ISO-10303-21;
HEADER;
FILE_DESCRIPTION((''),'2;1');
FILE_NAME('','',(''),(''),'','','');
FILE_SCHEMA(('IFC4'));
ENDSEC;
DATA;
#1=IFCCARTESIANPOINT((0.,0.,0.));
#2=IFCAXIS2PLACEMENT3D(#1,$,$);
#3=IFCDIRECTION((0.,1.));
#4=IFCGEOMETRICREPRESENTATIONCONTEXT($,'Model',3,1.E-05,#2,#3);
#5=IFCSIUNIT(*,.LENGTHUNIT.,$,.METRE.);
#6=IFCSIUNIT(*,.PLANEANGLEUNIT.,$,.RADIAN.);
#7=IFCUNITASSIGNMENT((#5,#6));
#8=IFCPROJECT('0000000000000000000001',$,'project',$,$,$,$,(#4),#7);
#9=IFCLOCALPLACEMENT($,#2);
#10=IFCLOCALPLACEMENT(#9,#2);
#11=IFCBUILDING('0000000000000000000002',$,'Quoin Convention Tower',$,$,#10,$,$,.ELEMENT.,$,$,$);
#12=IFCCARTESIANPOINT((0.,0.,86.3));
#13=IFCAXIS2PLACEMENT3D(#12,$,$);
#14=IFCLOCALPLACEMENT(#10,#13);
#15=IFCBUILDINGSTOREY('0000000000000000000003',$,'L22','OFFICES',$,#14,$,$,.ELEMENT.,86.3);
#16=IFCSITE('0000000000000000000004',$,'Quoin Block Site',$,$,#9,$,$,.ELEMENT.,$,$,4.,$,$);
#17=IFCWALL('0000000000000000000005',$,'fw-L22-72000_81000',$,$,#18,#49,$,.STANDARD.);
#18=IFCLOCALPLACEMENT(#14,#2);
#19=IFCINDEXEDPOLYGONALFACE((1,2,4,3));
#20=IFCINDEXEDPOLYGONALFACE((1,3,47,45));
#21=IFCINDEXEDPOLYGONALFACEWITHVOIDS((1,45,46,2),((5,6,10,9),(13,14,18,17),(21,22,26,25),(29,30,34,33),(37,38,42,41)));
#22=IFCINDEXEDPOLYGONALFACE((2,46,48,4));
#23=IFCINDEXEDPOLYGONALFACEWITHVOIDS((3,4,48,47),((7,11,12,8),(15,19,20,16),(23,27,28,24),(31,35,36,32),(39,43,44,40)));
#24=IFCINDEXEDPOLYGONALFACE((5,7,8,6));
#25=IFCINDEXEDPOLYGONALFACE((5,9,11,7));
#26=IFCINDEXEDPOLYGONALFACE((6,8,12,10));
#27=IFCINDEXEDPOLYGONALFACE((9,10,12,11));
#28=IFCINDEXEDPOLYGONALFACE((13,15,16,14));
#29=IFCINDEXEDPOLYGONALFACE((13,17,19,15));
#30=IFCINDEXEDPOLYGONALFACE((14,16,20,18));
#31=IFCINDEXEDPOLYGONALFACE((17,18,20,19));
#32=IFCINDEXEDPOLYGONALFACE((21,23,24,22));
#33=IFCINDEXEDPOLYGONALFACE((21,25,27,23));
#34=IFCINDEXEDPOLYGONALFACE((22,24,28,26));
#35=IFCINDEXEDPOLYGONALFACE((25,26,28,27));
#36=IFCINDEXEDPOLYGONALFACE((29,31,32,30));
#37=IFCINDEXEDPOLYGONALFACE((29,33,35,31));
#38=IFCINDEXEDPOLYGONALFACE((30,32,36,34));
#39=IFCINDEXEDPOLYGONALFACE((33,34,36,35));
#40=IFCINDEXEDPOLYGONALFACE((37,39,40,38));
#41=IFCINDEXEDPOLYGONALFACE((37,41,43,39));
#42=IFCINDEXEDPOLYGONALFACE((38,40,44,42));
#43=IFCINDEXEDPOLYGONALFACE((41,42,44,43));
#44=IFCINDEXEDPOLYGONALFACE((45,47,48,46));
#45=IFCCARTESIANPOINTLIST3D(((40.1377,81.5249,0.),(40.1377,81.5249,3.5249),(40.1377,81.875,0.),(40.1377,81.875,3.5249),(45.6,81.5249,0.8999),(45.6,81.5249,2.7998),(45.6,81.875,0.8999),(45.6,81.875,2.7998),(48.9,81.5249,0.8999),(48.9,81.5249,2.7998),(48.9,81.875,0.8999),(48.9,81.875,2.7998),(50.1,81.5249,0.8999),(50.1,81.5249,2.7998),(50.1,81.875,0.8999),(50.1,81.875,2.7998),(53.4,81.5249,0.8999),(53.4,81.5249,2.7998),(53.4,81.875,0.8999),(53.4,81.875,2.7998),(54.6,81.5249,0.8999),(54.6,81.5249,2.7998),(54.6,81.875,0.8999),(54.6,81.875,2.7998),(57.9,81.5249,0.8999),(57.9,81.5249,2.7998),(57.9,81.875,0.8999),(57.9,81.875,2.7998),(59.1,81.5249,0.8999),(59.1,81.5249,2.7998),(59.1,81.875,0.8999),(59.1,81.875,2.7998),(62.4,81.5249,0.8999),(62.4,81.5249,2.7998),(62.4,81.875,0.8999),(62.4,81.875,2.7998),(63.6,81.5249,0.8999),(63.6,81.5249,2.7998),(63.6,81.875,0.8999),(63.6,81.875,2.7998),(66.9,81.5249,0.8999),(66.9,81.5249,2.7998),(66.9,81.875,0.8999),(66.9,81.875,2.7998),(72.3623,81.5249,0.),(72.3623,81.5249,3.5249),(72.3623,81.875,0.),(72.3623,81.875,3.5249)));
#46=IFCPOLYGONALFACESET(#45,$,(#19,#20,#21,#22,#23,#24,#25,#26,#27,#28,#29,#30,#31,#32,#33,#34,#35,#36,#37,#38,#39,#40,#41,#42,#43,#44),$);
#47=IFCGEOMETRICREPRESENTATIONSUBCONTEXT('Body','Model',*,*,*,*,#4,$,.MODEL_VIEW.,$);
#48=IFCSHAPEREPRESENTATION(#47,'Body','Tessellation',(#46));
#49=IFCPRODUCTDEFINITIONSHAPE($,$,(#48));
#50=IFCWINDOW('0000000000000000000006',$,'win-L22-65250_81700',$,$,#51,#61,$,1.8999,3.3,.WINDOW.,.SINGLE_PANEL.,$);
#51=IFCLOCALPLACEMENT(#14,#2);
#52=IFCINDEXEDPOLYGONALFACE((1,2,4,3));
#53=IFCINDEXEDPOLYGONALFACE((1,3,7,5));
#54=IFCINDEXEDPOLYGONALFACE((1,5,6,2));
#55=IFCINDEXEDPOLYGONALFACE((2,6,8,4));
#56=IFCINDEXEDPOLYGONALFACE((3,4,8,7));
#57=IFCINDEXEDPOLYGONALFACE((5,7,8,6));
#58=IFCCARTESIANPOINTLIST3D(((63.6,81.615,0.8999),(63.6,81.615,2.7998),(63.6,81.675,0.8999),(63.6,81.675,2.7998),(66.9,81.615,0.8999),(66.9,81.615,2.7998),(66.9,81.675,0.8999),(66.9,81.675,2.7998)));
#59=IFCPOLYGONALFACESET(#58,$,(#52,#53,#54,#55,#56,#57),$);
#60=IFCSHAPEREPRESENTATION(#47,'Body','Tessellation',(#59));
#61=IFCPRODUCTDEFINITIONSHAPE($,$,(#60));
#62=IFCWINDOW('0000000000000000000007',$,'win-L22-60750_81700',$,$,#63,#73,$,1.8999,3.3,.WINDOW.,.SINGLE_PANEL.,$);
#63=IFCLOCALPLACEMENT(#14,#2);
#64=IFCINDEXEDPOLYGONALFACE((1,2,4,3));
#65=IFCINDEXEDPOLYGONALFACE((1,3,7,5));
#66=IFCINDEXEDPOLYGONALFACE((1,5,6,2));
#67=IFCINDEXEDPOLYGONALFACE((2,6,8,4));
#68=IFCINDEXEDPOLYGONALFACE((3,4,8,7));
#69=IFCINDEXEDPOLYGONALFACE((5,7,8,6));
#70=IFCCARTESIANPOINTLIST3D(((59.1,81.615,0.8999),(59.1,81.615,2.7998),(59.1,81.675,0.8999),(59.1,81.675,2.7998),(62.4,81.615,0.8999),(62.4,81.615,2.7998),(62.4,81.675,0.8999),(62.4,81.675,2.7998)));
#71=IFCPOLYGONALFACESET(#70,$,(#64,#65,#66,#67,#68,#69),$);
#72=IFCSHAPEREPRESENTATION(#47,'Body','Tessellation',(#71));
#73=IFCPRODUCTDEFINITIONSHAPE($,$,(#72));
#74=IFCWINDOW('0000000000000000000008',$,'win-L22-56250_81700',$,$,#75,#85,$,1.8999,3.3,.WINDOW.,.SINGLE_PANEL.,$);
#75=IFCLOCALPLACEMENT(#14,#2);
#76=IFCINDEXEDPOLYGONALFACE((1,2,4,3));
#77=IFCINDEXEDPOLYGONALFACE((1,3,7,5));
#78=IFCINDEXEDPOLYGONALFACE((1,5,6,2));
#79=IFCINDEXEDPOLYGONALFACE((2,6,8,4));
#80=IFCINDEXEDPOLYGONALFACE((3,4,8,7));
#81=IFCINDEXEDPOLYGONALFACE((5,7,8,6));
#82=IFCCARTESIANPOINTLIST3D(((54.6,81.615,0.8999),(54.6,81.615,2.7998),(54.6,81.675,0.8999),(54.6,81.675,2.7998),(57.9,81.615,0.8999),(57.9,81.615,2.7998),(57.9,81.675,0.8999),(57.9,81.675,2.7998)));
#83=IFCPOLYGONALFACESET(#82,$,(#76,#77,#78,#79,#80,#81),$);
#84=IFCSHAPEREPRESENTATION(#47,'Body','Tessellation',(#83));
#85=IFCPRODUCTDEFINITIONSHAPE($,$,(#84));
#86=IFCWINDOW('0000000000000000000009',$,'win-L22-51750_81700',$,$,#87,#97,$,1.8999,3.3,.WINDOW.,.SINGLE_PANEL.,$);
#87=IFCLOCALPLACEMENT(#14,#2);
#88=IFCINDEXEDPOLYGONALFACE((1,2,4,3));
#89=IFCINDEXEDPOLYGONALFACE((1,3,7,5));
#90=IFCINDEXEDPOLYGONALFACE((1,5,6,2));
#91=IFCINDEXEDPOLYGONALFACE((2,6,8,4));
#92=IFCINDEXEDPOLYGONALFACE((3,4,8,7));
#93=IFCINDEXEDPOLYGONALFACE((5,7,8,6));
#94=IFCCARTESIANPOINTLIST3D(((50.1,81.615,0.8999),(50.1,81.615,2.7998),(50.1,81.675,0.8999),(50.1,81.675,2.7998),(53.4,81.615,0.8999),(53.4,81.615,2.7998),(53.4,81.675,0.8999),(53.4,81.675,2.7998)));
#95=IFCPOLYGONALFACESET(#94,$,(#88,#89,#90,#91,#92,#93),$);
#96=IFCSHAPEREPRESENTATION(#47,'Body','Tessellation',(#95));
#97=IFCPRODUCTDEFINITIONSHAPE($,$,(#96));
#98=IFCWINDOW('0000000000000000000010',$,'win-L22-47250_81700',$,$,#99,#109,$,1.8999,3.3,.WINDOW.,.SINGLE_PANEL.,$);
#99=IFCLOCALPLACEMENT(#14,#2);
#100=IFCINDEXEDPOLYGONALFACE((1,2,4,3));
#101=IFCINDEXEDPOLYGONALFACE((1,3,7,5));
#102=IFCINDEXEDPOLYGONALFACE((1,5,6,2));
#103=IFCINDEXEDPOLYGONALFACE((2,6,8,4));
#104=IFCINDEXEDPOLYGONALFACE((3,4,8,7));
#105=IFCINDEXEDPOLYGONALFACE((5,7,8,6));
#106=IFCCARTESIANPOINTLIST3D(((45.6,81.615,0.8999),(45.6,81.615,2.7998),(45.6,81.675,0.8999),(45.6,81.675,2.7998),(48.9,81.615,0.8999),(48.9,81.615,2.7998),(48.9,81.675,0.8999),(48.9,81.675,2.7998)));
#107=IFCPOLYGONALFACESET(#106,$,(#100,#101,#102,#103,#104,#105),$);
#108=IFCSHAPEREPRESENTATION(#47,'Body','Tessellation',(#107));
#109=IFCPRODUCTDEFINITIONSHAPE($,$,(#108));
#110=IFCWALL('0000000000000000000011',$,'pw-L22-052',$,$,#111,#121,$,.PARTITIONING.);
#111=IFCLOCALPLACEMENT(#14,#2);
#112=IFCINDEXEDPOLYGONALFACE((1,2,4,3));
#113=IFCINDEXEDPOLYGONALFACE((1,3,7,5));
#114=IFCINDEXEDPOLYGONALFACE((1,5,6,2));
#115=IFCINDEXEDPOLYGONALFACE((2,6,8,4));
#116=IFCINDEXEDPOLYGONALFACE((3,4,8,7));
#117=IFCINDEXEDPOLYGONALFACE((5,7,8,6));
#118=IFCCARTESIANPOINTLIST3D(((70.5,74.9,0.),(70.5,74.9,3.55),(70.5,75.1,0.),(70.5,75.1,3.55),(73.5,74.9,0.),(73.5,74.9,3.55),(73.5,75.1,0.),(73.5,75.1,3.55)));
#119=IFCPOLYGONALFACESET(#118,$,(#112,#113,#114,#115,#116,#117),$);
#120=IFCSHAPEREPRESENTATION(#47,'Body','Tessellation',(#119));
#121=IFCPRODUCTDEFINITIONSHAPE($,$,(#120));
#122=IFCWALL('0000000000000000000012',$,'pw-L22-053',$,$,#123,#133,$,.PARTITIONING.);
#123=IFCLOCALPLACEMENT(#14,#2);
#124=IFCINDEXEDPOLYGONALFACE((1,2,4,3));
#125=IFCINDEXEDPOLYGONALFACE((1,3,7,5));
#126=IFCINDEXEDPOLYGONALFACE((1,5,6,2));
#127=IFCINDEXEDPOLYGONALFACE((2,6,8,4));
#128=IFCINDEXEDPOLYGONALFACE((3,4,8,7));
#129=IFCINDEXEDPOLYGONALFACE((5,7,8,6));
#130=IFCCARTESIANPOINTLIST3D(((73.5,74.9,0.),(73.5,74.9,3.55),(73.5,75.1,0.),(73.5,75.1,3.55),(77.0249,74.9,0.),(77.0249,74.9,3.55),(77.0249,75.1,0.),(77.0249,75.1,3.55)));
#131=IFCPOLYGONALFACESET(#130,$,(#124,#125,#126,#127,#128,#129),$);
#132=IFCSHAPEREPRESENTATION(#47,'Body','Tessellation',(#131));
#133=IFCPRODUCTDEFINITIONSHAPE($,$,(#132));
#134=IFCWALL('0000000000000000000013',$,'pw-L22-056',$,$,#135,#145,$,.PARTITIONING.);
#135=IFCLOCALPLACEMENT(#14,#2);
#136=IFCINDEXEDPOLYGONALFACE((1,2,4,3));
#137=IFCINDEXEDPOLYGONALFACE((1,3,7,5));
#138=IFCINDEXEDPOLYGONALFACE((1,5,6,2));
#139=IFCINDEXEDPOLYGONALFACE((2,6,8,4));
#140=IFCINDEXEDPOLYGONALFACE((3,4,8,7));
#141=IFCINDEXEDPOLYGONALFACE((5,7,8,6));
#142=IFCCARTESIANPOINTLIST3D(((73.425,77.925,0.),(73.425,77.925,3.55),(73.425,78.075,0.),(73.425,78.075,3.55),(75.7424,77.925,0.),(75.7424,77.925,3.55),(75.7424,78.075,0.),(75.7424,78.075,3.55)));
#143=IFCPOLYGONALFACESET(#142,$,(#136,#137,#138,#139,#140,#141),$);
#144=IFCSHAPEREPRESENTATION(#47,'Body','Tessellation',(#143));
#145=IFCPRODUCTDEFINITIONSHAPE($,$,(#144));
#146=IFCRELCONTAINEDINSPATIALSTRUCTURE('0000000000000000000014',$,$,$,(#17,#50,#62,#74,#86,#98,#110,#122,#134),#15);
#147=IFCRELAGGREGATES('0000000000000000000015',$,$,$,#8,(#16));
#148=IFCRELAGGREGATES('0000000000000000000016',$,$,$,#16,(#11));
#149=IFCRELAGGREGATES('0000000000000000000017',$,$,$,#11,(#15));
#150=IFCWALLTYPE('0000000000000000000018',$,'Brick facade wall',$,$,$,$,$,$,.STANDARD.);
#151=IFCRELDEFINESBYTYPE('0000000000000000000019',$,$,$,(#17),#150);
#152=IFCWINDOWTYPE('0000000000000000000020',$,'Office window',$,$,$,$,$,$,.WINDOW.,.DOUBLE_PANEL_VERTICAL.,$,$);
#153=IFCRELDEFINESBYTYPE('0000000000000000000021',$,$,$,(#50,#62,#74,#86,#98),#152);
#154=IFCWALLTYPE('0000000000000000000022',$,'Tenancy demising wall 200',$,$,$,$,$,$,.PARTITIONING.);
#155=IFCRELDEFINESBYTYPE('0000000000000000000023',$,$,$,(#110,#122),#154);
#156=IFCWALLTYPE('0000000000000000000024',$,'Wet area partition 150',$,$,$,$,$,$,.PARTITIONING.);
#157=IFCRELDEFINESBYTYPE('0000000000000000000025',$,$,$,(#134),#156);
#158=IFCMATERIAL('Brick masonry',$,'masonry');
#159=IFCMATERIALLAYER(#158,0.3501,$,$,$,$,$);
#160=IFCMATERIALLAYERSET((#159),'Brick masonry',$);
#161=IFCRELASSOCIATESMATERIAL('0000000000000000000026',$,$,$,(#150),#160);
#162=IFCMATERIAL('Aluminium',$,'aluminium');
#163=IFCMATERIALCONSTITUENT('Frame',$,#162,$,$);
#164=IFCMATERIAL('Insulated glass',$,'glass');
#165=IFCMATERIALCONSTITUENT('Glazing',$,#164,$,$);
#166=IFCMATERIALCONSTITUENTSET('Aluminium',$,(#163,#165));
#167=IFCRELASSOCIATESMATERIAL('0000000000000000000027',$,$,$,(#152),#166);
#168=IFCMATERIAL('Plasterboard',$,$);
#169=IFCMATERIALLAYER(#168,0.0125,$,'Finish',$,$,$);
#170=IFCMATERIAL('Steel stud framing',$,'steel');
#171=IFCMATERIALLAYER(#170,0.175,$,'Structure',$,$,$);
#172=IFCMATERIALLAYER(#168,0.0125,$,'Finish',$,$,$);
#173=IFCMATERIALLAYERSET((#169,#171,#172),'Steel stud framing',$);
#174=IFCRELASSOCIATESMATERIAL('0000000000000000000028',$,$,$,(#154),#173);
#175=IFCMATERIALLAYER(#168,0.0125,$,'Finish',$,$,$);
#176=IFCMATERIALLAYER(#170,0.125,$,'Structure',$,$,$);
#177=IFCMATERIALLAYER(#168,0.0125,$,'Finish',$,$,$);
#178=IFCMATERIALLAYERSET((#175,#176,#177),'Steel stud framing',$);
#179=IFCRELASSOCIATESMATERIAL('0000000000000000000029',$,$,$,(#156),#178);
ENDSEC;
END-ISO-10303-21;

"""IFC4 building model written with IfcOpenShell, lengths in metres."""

from ifc_helpers import new_model, si_unit, direction, frame, frame_2d, origin, place, context, subcontext, project, spatial, rectangle, extrude, material, layer, layer_set, constituent, constituent_set, type_object, element, fill, save


model = new_model("IFC4")

# Units and contexts
model_context = context("Model", 3, precision=1e-05, world=origin(), true_north=direction((0.0, 1.0)))
body_context = subcontext(model_context, "Body", "Model", "MODEL_VIEW")
ifc_project = project(units=[si_unit("LENGTHUNIT", "METRE"), si_unit("PLANEANGLEUNIT", "RADIAN")], contexts=[model_context])

# Site, building, storey
site_placement = place(None, origin())
site = spatial("IfcSite", under=ifc_project, at=site_placement, Name="Quoin Block Site", CompositionType="ELEMENT", RefElevation=4.0)
building_placement = place(site_placement, origin())
building = spatial("IfcBuilding", under=site, at=building_placement, Name="Quoin Convention Tower", CompositionType="ELEMENT")
storey_placement = place(building_placement, frame((0.0, 0.0, 86.3)))
storey = spatial("IfcBuildingStorey", under=building, at=storey_placement, Name="L22", Description="OFFICES", CompositionType="ELEMENT", Elevation=86.3)

# Shared definitions
ifc_material_1 = material(Name="Brick masonry", Category="masonry")
ifc_layer_1 = layer(ifc_material_1, 0.3501)
ifc_layer_set_1 = layer_set([ifc_layer_1], Name="Brick masonry")
wall_type_1 = type_object("IfcWallType", Name="Brick facade wall", PredefinedType="STANDARD", material=ifc_layer_set_1)
ifc_material_2 = material(Name="Aluminium", Category="aluminium")
ifc_constituent_1 = constituent(ifc_material_2, Name="Frame")
ifc_material_3 = material(Name="Insulated glass", Category="glass")
ifc_constituent_2 = constituent(ifc_material_3, Name="Glazing")
ifc_constituent_set = constituent_set(constituents=[ifc_constituent_1, ifc_constituent_2], Name="Aluminium")
window_type = type_object("IfcWindowType", Name="Office window", PartitioningType="DOUBLE_PANEL_VERTICAL", PredefinedType="WINDOW", material=ifc_constituent_set)

# Wall, openings, windows
wall_1_placement = place(storey_placement, frame((72.3623, 81.7, 0.0), z_axis=(0.0, 0.0, 1.0), x_axis=(-1.0, 0.0, 0.0)))
wall_1 = element("IfcWall", 1, at=wall_1_placement, inside=storey, type_object=wall_type_1, Name="fw-L22-72000_81000", PredefinedType="STANDARD", context=body_context, shape_type="SweptSolid", body=[
    extrude(rectangle(XDim=32.2246, YDim=0.3501, at=frame_2d((16.1123, 0.0))), origin(), (0.0, 0.0, 1.0), 3.5249),
])
opening_1_placement = place(wall_1_placement, frame((5.4624, 0.0, 0.8999)))
opening_1 = element("IfcOpeningElement", 2, at=opening_1_placement, cuts=wall_1, PredefinedType="OPENING", context=body_context, shape_type="SweptSolid", body=[
    extrude(rectangle(XDim=3.3, YDim=1.8999, at=frame_2d((1.6499, 0.95))), frame((0.0, 0.1851, 0.0), z_axis=(0.0, -1.0, 0.0), x_axis=(1.0, 0.0, 0.0)), (0.0, 0.0, 1.0), 0.3701),
])
opening_2_placement = place(wall_1_placement, frame((9.9624, 0.0, 0.8999)))
opening_2 = element("IfcOpeningElement", 3, at=opening_2_placement, cuts=wall_1, PredefinedType="OPENING", context=body_context, shape_type="SweptSolid", body=[
    extrude(rectangle(XDim=3.3, YDim=1.8999, at=frame_2d((1.6499, 0.95))), frame((0.0, 0.1851, 0.0), z_axis=(0.0, -1.0, 0.0), x_axis=(1.0, 0.0, 0.0)), (0.0, 0.0, 1.0), 0.3701),
])
opening_3_placement = place(wall_1_placement, frame((14.4624, 0.0, 0.8999)))
opening_3 = element("IfcOpeningElement", 4, at=opening_3_placement, cuts=wall_1, PredefinedType="OPENING", context=body_context, shape_type="SweptSolid", body=[
    extrude(rectangle(XDim=3.3, YDim=1.8999, at=frame_2d((1.6499, 0.95))), frame((0.0, 0.1851, 0.0), z_axis=(0.0, -1.0, 0.0), x_axis=(1.0, 0.0, 0.0)), (0.0, 0.0, 1.0), 0.3701),
])
opening_4_placement = place(wall_1_placement, frame((18.9624, 0.0, 0.8999)))
opening_4 = element("IfcOpeningElement", 5, at=opening_4_placement, cuts=wall_1, PredefinedType="OPENING", context=body_context, shape_type="SweptSolid", body=[
    extrude(rectangle(XDim=3.3, YDim=1.8999, at=frame_2d((1.6499, 0.95))), frame((0.0, 0.1851, 0.0), z_axis=(0.0, -1.0, 0.0), x_axis=(1.0, 0.0, 0.0)), (0.0, 0.0, 1.0), 0.3701),
])
opening_5_placement = place(wall_1_placement, frame((23.4624, 0.0, 0.8999)))
opening_5 = element("IfcOpeningElement", 6, at=opening_5_placement, cuts=wall_1, PredefinedType="OPENING", context=body_context, shape_type="SweptSolid", body=[
    extrude(rectangle(XDim=3.3, YDim=1.8999, at=frame_2d((1.6499, 0.95))), frame((0.0, 0.1851, 0.0), z_axis=(0.0, -1.0, 0.0), x_axis=(1.0, 0.0, 0.0)), (0.0, 0.0, 1.0), 0.3701),
])
window_1_placement = place(opening_1_placement, origin())
window_1 = element("IfcWindow", 7, at=window_1_placement, inside=storey, type_object=window_type, Name="win-L22-65250_81700", OverallHeight=1.8999, OverallWidth=3.3, PartitioningType="SINGLE_PANEL", PredefinedType="WINDOW", context=body_context, shape_type="SweptSolid", body=[
    extrude(rectangle(XDim=3.3, YDim=1.8999, at=frame_2d((1.6499, 0.95))), frame((0.0, 0.085, 0.0), z_axis=(0.0, -1.0, 0.0), x_axis=(1.0, 0.0, 0.0)), (0.0, 0.0, 1.0), 0.0601),
])
fill(opening_1, window_1)
window_2_placement = place(opening_2_placement, origin())
window_2 = element("IfcWindow", 8, at=window_2_placement, inside=storey, type_object=window_type, Name="win-L22-60750_81700", OverallHeight=1.8999, OverallWidth=3.3, PartitioningType="SINGLE_PANEL", PredefinedType="WINDOW", context=body_context, shape_type="SweptSolid", body=[
    extrude(rectangle(XDim=3.3, YDim=1.8999, at=frame_2d((1.6499, 0.95))), frame((0.0, 0.085, 0.0), z_axis=(0.0, -1.0, 0.0), x_axis=(1.0, 0.0, 0.0)), (0.0, 0.0, 1.0), 0.0601),
])
fill(opening_2, window_2)
window_3_placement = place(opening_3_placement, origin())
window_3 = element("IfcWindow", 9, at=window_3_placement, inside=storey, type_object=window_type, Name="win-L22-56250_81700", OverallHeight=1.8999, OverallWidth=3.3, PartitioningType="SINGLE_PANEL", PredefinedType="WINDOW", context=body_context, shape_type="SweptSolid", body=[
    extrude(rectangle(XDim=3.3, YDim=1.8999, at=frame_2d((1.6499, 0.95))), frame((0.0, 0.085, 0.0), z_axis=(0.0, -1.0, 0.0), x_axis=(1.0, 0.0, 0.0)), (0.0, 0.0, 1.0), 0.0601),
])
fill(opening_3, window_3)
window_4_placement = place(opening_4_placement, origin())
window_4 = element("IfcWindow", 10, at=window_4_placement, inside=storey, type_object=window_type, Name="win-L22-51750_81700", OverallHeight=1.8999, OverallWidth=3.3, PartitioningType="SINGLE_PANEL", PredefinedType="WINDOW", context=body_context, shape_type="SweptSolid", body=[
    extrude(rectangle(XDim=3.3, YDim=1.8999, at=frame_2d((1.6499, 0.95))), frame((0.0, 0.085, 0.0), z_axis=(0.0, -1.0, 0.0), x_axis=(1.0, 0.0, 0.0)), (0.0, 0.0, 1.0), 0.0601),
])
fill(opening_4, window_4)
window_5_placement = place(opening_5_placement, origin())
window_5 = element("IfcWindow", 11, at=window_5_placement, inside=storey, type_object=window_type, Name="win-L22-47250_81700", OverallHeight=1.8999, OverallWidth=3.3, PartitioningType="SINGLE_PANEL", PredefinedType="WINDOW", context=body_context, shape_type="SweptSolid", body=[
    extrude(rectangle(XDim=3.3, YDim=1.8999, at=frame_2d((1.6499, 0.95))), frame((0.0, 0.085, 0.0), z_axis=(0.0, -1.0, 0.0), x_axis=(1.0, 0.0, 0.0)), (0.0, 0.0, 1.0), 0.0601),
])
fill(opening_5, window_5)

# Walls
ifc_material_4 = material(Name="Plasterboard")
ifc_layer_2 = layer(ifc_material_4, 0.0125, Name="Finish")
ifc_material_5 = material(Name="Steel stud framing", Category="steel")
ifc_layer_3 = layer(ifc_material_5, 0.175, Name="Structure")
ifc_layer_4 = layer(ifc_material_4, 0.0125, Name="Finish")
ifc_layer_set_2 = layer_set([ifc_layer_2, ifc_layer_3, ifc_layer_4], Name="Steel stud framing")
wall_type_2 = type_object("IfcWallType", Name="Tenancy demising wall 200", PredefinedType="PARTITIONING", material=ifc_layer_set_2)
wall_2_placement = place(storey_placement, frame((70.5, 75.0, 0.0), z_axis=(0.0, 0.0, 1.0), x_axis=(1.0, 0.0, 0.0)))
element("IfcWall", 12, at=wall_2_placement, inside=storey, type_object=wall_type_2, Name="pw-L22-052", PredefinedType="PARTITIONING", context=body_context, shape_type="SweptSolid", body=[
    extrude(rectangle(XDim=3.0, YDim=0.2, at=frame_2d((1.5, 0.0))), origin(), (0.0, 0.0, 1.0), 3.55),
])
wall_3_placement = place(storey_placement, frame((73.5, 75.0, 0.0), z_axis=(0.0, 0.0, 1.0), x_axis=(1.0, 0.0, 0.0)))
element("IfcWall", 13, at=wall_3_placement, inside=storey, type_object=wall_type_2, Name="pw-L22-053", PredefinedType="PARTITIONING", context=body_context, shape_type="SweptSolid", body=[
    extrude(rectangle(XDim=3.5249, YDim=0.2, at=frame_2d((1.7625, 0.0))), origin(), (0.0, 0.0, 1.0), 3.55),
])
ifc_layer_5 = layer(ifc_material_4, 0.0125, Name="Finish")
ifc_layer_6 = layer(ifc_material_5, 0.125, Name="Structure")
ifc_layer_7 = layer(ifc_material_4, 0.0125, Name="Finish")
ifc_layer_set_3 = layer_set([ifc_layer_5, ifc_layer_6, ifc_layer_7], Name="Steel stud framing")
wall_type_3 = type_object("IfcWallType", Name="Wet area partition 150", PredefinedType="PARTITIONING", material=ifc_layer_set_3)
wall_4_placement = place(storey_placement, frame((73.425, 78.0, 0.0), z_axis=(0.0, 0.0, 1.0), x_axis=(1.0, 0.0, 0.0)))
element("IfcWall", 14, at=wall_4_placement, inside=storey, type_object=wall_type_3, Name="pw-L22-056", PredefinedType="PARTITIONING", context=body_context, shape_type="SweptSolid", body=[
    extrude(rectangle(XDim=2.3174, YDim=0.1499, at=frame_2d((1.1587, 0.0))), origin(), (0.0, 0.0, 1.0), 3.55),
])

save(model, "model.ifc")
